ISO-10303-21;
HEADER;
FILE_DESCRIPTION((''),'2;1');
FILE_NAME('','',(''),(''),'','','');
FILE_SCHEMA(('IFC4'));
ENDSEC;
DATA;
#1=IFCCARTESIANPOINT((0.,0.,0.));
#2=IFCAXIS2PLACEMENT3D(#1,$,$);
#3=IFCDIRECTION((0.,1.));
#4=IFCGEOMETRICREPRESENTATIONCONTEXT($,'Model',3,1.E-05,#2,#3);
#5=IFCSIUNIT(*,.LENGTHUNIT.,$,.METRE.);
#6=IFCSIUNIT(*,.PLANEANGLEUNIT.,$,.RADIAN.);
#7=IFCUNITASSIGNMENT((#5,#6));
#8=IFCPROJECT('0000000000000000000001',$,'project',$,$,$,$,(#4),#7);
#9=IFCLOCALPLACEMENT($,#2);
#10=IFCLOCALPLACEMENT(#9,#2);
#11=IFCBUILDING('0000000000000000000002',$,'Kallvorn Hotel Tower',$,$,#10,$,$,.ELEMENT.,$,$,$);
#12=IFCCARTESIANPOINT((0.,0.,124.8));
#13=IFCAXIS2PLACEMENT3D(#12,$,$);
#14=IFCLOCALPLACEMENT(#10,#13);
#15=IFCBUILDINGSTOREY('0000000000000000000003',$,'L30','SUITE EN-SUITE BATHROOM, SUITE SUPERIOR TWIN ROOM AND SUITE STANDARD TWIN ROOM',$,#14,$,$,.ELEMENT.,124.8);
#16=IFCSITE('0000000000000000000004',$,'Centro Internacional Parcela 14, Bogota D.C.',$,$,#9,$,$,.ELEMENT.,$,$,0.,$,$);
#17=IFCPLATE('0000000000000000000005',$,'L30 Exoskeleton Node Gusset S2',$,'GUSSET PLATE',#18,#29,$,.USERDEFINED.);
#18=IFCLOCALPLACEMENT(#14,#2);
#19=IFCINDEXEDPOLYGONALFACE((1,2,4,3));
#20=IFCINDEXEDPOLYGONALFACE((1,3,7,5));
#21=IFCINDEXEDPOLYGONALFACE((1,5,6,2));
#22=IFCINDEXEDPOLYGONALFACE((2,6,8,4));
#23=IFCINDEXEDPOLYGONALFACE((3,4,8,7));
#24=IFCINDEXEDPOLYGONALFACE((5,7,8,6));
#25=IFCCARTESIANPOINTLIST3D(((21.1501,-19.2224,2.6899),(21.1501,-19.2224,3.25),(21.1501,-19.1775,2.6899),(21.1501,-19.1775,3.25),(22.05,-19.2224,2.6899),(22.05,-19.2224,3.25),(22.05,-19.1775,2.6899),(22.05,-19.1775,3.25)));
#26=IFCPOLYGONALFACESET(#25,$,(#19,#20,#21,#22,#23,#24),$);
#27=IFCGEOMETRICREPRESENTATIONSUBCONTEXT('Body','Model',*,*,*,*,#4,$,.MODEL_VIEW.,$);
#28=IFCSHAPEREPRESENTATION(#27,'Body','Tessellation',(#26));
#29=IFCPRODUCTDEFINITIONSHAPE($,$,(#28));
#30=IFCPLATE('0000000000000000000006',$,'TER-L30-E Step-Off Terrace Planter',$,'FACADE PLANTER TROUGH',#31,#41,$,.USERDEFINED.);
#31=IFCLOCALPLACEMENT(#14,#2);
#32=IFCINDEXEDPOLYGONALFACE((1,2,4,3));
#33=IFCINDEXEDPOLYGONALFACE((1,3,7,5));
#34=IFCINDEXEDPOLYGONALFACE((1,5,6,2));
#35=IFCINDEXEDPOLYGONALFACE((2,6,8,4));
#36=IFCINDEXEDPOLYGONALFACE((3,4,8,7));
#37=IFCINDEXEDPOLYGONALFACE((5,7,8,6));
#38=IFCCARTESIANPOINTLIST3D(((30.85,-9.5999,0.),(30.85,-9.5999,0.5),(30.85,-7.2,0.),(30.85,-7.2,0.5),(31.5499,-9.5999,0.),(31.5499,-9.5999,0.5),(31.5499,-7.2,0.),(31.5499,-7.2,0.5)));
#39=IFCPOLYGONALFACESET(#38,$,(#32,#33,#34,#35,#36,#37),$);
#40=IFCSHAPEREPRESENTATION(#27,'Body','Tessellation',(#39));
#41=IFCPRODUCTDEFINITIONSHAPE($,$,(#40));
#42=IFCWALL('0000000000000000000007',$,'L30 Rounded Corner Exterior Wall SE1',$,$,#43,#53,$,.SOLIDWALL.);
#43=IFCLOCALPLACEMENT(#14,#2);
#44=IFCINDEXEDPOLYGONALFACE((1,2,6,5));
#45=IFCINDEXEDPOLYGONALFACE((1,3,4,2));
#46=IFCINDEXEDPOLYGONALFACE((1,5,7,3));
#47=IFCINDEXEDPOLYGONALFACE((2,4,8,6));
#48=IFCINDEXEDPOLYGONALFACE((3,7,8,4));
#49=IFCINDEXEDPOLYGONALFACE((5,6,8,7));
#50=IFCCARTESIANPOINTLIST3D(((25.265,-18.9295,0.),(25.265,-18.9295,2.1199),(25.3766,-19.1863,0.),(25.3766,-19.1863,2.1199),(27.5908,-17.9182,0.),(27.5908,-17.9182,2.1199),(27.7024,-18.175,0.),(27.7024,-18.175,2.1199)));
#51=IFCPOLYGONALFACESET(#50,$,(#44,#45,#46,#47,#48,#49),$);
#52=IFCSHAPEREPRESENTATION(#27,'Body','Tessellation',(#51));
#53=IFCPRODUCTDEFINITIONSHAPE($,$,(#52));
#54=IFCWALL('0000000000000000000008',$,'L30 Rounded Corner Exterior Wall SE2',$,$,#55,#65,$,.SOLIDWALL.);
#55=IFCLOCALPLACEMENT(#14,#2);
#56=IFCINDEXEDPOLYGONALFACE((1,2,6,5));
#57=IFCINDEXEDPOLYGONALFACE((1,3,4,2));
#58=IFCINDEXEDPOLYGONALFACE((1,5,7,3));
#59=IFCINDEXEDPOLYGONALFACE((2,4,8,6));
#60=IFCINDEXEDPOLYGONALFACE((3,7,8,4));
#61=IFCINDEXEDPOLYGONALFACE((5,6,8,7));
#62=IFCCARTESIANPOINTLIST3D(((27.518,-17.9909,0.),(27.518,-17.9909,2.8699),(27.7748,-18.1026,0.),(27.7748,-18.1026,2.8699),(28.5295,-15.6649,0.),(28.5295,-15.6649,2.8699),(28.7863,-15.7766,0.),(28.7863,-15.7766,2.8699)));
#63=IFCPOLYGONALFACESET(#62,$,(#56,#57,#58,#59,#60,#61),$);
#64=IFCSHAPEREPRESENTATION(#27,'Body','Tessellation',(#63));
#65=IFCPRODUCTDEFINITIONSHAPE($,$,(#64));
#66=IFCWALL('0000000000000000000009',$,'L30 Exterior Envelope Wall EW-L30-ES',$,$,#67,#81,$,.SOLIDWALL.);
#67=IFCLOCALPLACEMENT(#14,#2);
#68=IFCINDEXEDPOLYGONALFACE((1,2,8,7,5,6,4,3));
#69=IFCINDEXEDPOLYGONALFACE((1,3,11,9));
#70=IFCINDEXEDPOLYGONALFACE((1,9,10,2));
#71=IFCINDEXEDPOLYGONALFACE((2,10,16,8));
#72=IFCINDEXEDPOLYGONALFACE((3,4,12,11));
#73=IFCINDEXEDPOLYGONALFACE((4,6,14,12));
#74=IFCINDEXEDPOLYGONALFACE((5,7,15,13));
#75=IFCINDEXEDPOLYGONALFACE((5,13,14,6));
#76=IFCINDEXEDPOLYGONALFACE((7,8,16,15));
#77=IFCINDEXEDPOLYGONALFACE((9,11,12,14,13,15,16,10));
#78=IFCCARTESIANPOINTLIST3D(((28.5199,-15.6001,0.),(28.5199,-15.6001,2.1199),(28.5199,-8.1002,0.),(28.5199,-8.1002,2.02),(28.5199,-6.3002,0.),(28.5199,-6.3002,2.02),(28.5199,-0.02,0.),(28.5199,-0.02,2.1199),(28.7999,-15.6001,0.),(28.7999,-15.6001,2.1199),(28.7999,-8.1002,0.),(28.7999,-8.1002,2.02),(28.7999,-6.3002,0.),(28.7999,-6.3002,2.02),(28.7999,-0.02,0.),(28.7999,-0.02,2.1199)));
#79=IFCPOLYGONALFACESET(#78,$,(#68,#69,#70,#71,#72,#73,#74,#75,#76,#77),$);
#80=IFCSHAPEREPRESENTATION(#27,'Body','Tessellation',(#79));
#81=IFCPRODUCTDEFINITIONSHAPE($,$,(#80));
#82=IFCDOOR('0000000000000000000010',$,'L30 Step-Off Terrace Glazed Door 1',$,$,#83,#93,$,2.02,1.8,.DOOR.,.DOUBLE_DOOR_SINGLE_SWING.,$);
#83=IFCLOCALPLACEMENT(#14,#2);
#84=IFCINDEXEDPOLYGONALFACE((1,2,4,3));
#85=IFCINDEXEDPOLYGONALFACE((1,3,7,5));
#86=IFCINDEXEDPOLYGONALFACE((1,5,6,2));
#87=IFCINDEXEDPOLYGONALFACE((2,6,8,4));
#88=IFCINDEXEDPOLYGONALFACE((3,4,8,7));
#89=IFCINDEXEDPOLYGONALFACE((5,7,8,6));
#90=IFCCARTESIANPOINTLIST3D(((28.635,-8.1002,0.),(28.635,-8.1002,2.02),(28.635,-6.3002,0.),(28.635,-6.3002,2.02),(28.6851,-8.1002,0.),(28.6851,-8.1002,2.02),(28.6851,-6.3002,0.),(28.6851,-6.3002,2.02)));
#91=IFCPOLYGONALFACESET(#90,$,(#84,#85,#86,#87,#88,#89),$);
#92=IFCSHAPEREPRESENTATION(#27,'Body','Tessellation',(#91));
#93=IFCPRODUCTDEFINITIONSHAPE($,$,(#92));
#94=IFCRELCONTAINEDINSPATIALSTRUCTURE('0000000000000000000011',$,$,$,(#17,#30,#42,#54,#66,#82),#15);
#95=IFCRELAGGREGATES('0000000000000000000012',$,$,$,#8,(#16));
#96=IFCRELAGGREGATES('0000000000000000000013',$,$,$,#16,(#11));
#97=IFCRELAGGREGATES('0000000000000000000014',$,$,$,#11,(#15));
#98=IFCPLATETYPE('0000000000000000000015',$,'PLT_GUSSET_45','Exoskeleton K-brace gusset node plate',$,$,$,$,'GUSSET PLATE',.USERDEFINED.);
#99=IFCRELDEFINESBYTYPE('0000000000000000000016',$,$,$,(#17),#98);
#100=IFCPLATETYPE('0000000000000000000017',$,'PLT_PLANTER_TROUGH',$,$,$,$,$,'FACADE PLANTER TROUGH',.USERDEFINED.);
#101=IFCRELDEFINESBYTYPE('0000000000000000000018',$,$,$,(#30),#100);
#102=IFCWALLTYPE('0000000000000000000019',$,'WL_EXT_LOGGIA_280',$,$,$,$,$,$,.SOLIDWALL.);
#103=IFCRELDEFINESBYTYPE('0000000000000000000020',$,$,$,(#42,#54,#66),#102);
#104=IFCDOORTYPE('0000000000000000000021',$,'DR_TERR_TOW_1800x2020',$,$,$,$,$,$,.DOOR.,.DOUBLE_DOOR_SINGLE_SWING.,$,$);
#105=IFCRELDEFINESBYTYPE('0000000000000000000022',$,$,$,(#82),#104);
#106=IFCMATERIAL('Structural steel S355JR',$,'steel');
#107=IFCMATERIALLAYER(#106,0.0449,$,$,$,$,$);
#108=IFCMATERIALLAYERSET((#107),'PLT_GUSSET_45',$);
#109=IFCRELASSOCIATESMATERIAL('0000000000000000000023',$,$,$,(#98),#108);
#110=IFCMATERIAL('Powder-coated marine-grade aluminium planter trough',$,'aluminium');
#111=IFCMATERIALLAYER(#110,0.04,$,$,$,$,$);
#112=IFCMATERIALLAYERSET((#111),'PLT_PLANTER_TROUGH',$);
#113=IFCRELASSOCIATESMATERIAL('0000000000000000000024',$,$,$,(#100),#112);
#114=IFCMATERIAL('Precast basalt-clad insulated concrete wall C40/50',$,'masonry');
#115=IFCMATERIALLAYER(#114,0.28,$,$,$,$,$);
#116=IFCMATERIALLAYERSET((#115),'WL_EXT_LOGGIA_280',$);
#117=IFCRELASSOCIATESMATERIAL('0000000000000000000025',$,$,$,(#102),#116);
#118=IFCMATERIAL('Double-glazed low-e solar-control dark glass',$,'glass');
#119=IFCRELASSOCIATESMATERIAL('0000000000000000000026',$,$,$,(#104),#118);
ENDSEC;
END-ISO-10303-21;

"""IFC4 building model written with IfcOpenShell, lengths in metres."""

from ifc_helpers import new_model, si_unit, direction, frame, frame_2d, origin, origin_2d, place, context, subcontext, project, spatial, rectangle, extrude, material, layer, layer_set, type_object, element, fill, save


model = new_model("IFC4")

# Units and contexts
model_context = context("Model", 3, precision=1e-05, world=origin(), true_north=direction((0.0, 1.0)))
body_context = subcontext(model_context, "Body", "Model", "MODEL_VIEW")
ifc_project = project(units=[si_unit("LENGTHUNIT", "METRE"), si_unit("PLANEANGLEUNIT", "RADIAN")], contexts=[model_context])

# Site, building, storey
site_placement = place(None, origin())
site = spatial("IfcSite", under=ifc_project, at=site_placement, Name="Centro Internacional Parcela 14, Bogota D.C.", CompositionType="ELEMENT", RefElevation=0.0)
building_placement = place(site_placement, origin())
building = spatial("IfcBuilding", under=site, at=building_placement, Name="Kallvorn Hotel Tower", CompositionType="ELEMENT")
storey_placement = place(building_placement, frame((0.0, 0.0, 124.8)))
storey = spatial("IfcBuildingStorey", under=building, at=storey_placement, Name="L30", Description="SUITE EN-SUITE BATHROOM, SUITE SUPERIOR TWIN ROOM AND SUITE STANDARD TWIN ROOM", CompositionType="ELEMENT", Elevation=124.8)

# Plates
ifc_material_1 = material(Name="Structural steel S355JR", Category="steel")
ifc_layer_1 = layer(ifc_material_1, 0.0449)
ifc_layer_set_1 = layer_set([ifc_layer_1], Name="PLT_GUSSET_45")
plate_type_1 = type_object("IfcPlateType", Name="PLT_GUSSET_45", Description="Exoskeleton K-brace gusset node plate", ElementType="GUSSET PLATE", PredefinedType="USERDEFINED", material=ifc_layer_set_1)
plate_1_placement = place(storey_placement, frame((21.6001, -19.2, 2.6899), z_axis=(0.0, 0.0, 1.0), x_axis=(1.0, 0.0, 0.0)))
element("IfcPlate", 1, at=plate_1_placement, inside=storey, type_object=plate_type_1, Name="L30 Exoskeleton Node Gusset S2", ObjectType="GUSSET PLATE", PredefinedType="USERDEFINED", context=body_context, shape_type="SweptSolid", body=[
    extrude(rectangle(XDim=0.8999, YDim=0.0449, at=origin_2d()), origin(), (0.0, 0.0, 1.0), 0.5601),
])
ifc_material_2 = material(Name="Powder-coated marine-grade aluminium planter trough", Category="aluminium")
ifc_layer_2 = layer(ifc_material_2, 0.04)
ifc_layer_set_2 = layer_set([ifc_layer_2], Name="PLT_PLANTER_TROUGH")
plate_type_2 = type_object("IfcPlateType", Name="PLT_PLANTER_TROUGH", ElementType="FACADE PLANTER TROUGH", PredefinedType="USERDEFINED", material=ifc_layer_set_2)
plate_2_placement = place(storey_placement, frame((31.2, -8.3999, 0.0), z_axis=(0.0, 0.0, 1.0), x_axis=(0.0, 1.0, 0.0)))
element("IfcPlate", 2, at=plate_2_placement, inside=storey, type_object=plate_type_2, Name="TER-L30-E Step-Off Terrace Planter", ObjectType="FACADE PLANTER TROUGH", PredefinedType="USERDEFINED", context=body_context, shape_type="SweptSolid", body=[
    extrude(rectangle(XDim=2.3999, YDim=0.7, at=origin_2d()), origin(), (0.0, 0.0, 1.0), 0.5),
])

# Walls
ifc_material_3 = material(Name="Precast basalt-clad insulated concrete wall C40/50", Category="masonry")
ifc_layer_3 = layer(ifc_material_3, 0.28)
ifc_layer_set_3 = layer_set([ifc_layer_3], Name="WL_EXT_LOGGIA_280")
wall_type = type_object("IfcWallType", Name="WL_EXT_LOGGIA_280", PredefinedType="SOLIDWALL", material=ifc_layer_set_3)
wall_1_placement = place(storey_placement, frame((25.3208, -19.0579, 0.0), z_axis=(0.0, 0.0, 1.0), x_axis=(0.917061, 0.398747, 0.0)))
element("IfcWall", 3, at=wall_1_placement, inside=storey, type_object=wall_type, Name="L30 Rounded Corner Exterior Wall SE1", PredefinedType="SOLIDWALL", context=body_context, shape_type="SweptSolid", body=[
    extrude(rectangle(XDim=2.5361, YDim=0.28, at=frame_2d((1.2681, 0.0))), origin(), (0.0, 0.0, 1.0), 2.1199),
])
wall_2_placement = place(storey_placement, frame((27.6465, -18.0466, 0.0), z_axis=(0.0, 0.0, 1.0), x_axis=(0.398793, 0.917041, 0.0)))
element("IfcWall", 4, at=wall_2_placement, inside=storey, type_object=wall_type, Name="L30 Rounded Corner Exterior Wall SE2", PredefinedType="SOLIDWALL", context=body_context, shape_type="SweptSolid", body=[
    extrude(rectangle(XDim=2.5364, YDim=0.28, at=frame_2d((1.2681, 0.0))), origin(), (0.0, 0.0, 1.0), 2.8699),
])

# Wall, opening, door
wall_3_placement = place(storey_placement, frame((28.6599, -15.6001, 0.0), z_axis=(0.0, 0.0, 1.0), x_axis=(0.0, 1.0, 0.0)))
wall_3 = element("IfcWall", 5, at=wall_3_placement, inside=storey, type_object=wall_type, Name="L30 Exterior Envelope Wall EW-L30-ES", PredefinedType="SOLIDWALL", context=body_context, shape_type="SweptSolid", body=[
    extrude(rectangle(XDim=15.5801, YDim=0.28, at=frame_2d((7.79, 0.0))), origin(), (0.0, 0.0, 1.0), 2.1199),
])
opening_placement = place(wall_3_placement, frame((7.5, 0.0, 0.0)))
opening = element("IfcOpeningElement", 6, at=opening_placement, cuts=wall_3, PredefinedType="OPENING", context=body_context, shape_type="SweptSolid", body=[
    extrude(rectangle(XDim=1.8, YDim=2.02, at=frame_2d((0.8999, 1.01))), frame((0.0, 0.155, 0.0), z_axis=(0.0, -1.0, 0.0), x_axis=(1.0, 0.0, 0.0)), (0.0, 0.0, 1.0), 0.3101),
])
ifc_material_4 = material(Name="Double-glazed low-e solar-control dark glass", Category="glass")
door_type = type_object("IfcDoorType", Name="DR_TERR_TOW_1800x2020", OperationType="DOUBLE_DOOR_SINGLE_SWING", PredefinedType="DOOR", material=ifc_material_4)
door_placement = place(opening_placement, origin())
door = element("IfcDoor", 7, at=door_placement, inside=storey, type_object=door_type, Name="L30 Step-Off Terrace Glazed Door 1", OperationType="DOUBLE_DOOR_SINGLE_SWING", OverallHeight=2.02, OverallWidth=1.8, PredefinedType="DOOR", context=body_context, shape_type="SweptSolid", body=[
    extrude(rectangle(XDim=1.8, YDim=2.02, at=frame_2d((0.8999, 1.01))), frame((0.0, 0.0249, 0.0), z_axis=(0.0, -1.0, 0.0), x_axis=(1.0, 0.0, 0.0)), (0.0, 0.0, 1.0), 0.05),
])
fill(opening, door)

save(model, "model.ifc")
